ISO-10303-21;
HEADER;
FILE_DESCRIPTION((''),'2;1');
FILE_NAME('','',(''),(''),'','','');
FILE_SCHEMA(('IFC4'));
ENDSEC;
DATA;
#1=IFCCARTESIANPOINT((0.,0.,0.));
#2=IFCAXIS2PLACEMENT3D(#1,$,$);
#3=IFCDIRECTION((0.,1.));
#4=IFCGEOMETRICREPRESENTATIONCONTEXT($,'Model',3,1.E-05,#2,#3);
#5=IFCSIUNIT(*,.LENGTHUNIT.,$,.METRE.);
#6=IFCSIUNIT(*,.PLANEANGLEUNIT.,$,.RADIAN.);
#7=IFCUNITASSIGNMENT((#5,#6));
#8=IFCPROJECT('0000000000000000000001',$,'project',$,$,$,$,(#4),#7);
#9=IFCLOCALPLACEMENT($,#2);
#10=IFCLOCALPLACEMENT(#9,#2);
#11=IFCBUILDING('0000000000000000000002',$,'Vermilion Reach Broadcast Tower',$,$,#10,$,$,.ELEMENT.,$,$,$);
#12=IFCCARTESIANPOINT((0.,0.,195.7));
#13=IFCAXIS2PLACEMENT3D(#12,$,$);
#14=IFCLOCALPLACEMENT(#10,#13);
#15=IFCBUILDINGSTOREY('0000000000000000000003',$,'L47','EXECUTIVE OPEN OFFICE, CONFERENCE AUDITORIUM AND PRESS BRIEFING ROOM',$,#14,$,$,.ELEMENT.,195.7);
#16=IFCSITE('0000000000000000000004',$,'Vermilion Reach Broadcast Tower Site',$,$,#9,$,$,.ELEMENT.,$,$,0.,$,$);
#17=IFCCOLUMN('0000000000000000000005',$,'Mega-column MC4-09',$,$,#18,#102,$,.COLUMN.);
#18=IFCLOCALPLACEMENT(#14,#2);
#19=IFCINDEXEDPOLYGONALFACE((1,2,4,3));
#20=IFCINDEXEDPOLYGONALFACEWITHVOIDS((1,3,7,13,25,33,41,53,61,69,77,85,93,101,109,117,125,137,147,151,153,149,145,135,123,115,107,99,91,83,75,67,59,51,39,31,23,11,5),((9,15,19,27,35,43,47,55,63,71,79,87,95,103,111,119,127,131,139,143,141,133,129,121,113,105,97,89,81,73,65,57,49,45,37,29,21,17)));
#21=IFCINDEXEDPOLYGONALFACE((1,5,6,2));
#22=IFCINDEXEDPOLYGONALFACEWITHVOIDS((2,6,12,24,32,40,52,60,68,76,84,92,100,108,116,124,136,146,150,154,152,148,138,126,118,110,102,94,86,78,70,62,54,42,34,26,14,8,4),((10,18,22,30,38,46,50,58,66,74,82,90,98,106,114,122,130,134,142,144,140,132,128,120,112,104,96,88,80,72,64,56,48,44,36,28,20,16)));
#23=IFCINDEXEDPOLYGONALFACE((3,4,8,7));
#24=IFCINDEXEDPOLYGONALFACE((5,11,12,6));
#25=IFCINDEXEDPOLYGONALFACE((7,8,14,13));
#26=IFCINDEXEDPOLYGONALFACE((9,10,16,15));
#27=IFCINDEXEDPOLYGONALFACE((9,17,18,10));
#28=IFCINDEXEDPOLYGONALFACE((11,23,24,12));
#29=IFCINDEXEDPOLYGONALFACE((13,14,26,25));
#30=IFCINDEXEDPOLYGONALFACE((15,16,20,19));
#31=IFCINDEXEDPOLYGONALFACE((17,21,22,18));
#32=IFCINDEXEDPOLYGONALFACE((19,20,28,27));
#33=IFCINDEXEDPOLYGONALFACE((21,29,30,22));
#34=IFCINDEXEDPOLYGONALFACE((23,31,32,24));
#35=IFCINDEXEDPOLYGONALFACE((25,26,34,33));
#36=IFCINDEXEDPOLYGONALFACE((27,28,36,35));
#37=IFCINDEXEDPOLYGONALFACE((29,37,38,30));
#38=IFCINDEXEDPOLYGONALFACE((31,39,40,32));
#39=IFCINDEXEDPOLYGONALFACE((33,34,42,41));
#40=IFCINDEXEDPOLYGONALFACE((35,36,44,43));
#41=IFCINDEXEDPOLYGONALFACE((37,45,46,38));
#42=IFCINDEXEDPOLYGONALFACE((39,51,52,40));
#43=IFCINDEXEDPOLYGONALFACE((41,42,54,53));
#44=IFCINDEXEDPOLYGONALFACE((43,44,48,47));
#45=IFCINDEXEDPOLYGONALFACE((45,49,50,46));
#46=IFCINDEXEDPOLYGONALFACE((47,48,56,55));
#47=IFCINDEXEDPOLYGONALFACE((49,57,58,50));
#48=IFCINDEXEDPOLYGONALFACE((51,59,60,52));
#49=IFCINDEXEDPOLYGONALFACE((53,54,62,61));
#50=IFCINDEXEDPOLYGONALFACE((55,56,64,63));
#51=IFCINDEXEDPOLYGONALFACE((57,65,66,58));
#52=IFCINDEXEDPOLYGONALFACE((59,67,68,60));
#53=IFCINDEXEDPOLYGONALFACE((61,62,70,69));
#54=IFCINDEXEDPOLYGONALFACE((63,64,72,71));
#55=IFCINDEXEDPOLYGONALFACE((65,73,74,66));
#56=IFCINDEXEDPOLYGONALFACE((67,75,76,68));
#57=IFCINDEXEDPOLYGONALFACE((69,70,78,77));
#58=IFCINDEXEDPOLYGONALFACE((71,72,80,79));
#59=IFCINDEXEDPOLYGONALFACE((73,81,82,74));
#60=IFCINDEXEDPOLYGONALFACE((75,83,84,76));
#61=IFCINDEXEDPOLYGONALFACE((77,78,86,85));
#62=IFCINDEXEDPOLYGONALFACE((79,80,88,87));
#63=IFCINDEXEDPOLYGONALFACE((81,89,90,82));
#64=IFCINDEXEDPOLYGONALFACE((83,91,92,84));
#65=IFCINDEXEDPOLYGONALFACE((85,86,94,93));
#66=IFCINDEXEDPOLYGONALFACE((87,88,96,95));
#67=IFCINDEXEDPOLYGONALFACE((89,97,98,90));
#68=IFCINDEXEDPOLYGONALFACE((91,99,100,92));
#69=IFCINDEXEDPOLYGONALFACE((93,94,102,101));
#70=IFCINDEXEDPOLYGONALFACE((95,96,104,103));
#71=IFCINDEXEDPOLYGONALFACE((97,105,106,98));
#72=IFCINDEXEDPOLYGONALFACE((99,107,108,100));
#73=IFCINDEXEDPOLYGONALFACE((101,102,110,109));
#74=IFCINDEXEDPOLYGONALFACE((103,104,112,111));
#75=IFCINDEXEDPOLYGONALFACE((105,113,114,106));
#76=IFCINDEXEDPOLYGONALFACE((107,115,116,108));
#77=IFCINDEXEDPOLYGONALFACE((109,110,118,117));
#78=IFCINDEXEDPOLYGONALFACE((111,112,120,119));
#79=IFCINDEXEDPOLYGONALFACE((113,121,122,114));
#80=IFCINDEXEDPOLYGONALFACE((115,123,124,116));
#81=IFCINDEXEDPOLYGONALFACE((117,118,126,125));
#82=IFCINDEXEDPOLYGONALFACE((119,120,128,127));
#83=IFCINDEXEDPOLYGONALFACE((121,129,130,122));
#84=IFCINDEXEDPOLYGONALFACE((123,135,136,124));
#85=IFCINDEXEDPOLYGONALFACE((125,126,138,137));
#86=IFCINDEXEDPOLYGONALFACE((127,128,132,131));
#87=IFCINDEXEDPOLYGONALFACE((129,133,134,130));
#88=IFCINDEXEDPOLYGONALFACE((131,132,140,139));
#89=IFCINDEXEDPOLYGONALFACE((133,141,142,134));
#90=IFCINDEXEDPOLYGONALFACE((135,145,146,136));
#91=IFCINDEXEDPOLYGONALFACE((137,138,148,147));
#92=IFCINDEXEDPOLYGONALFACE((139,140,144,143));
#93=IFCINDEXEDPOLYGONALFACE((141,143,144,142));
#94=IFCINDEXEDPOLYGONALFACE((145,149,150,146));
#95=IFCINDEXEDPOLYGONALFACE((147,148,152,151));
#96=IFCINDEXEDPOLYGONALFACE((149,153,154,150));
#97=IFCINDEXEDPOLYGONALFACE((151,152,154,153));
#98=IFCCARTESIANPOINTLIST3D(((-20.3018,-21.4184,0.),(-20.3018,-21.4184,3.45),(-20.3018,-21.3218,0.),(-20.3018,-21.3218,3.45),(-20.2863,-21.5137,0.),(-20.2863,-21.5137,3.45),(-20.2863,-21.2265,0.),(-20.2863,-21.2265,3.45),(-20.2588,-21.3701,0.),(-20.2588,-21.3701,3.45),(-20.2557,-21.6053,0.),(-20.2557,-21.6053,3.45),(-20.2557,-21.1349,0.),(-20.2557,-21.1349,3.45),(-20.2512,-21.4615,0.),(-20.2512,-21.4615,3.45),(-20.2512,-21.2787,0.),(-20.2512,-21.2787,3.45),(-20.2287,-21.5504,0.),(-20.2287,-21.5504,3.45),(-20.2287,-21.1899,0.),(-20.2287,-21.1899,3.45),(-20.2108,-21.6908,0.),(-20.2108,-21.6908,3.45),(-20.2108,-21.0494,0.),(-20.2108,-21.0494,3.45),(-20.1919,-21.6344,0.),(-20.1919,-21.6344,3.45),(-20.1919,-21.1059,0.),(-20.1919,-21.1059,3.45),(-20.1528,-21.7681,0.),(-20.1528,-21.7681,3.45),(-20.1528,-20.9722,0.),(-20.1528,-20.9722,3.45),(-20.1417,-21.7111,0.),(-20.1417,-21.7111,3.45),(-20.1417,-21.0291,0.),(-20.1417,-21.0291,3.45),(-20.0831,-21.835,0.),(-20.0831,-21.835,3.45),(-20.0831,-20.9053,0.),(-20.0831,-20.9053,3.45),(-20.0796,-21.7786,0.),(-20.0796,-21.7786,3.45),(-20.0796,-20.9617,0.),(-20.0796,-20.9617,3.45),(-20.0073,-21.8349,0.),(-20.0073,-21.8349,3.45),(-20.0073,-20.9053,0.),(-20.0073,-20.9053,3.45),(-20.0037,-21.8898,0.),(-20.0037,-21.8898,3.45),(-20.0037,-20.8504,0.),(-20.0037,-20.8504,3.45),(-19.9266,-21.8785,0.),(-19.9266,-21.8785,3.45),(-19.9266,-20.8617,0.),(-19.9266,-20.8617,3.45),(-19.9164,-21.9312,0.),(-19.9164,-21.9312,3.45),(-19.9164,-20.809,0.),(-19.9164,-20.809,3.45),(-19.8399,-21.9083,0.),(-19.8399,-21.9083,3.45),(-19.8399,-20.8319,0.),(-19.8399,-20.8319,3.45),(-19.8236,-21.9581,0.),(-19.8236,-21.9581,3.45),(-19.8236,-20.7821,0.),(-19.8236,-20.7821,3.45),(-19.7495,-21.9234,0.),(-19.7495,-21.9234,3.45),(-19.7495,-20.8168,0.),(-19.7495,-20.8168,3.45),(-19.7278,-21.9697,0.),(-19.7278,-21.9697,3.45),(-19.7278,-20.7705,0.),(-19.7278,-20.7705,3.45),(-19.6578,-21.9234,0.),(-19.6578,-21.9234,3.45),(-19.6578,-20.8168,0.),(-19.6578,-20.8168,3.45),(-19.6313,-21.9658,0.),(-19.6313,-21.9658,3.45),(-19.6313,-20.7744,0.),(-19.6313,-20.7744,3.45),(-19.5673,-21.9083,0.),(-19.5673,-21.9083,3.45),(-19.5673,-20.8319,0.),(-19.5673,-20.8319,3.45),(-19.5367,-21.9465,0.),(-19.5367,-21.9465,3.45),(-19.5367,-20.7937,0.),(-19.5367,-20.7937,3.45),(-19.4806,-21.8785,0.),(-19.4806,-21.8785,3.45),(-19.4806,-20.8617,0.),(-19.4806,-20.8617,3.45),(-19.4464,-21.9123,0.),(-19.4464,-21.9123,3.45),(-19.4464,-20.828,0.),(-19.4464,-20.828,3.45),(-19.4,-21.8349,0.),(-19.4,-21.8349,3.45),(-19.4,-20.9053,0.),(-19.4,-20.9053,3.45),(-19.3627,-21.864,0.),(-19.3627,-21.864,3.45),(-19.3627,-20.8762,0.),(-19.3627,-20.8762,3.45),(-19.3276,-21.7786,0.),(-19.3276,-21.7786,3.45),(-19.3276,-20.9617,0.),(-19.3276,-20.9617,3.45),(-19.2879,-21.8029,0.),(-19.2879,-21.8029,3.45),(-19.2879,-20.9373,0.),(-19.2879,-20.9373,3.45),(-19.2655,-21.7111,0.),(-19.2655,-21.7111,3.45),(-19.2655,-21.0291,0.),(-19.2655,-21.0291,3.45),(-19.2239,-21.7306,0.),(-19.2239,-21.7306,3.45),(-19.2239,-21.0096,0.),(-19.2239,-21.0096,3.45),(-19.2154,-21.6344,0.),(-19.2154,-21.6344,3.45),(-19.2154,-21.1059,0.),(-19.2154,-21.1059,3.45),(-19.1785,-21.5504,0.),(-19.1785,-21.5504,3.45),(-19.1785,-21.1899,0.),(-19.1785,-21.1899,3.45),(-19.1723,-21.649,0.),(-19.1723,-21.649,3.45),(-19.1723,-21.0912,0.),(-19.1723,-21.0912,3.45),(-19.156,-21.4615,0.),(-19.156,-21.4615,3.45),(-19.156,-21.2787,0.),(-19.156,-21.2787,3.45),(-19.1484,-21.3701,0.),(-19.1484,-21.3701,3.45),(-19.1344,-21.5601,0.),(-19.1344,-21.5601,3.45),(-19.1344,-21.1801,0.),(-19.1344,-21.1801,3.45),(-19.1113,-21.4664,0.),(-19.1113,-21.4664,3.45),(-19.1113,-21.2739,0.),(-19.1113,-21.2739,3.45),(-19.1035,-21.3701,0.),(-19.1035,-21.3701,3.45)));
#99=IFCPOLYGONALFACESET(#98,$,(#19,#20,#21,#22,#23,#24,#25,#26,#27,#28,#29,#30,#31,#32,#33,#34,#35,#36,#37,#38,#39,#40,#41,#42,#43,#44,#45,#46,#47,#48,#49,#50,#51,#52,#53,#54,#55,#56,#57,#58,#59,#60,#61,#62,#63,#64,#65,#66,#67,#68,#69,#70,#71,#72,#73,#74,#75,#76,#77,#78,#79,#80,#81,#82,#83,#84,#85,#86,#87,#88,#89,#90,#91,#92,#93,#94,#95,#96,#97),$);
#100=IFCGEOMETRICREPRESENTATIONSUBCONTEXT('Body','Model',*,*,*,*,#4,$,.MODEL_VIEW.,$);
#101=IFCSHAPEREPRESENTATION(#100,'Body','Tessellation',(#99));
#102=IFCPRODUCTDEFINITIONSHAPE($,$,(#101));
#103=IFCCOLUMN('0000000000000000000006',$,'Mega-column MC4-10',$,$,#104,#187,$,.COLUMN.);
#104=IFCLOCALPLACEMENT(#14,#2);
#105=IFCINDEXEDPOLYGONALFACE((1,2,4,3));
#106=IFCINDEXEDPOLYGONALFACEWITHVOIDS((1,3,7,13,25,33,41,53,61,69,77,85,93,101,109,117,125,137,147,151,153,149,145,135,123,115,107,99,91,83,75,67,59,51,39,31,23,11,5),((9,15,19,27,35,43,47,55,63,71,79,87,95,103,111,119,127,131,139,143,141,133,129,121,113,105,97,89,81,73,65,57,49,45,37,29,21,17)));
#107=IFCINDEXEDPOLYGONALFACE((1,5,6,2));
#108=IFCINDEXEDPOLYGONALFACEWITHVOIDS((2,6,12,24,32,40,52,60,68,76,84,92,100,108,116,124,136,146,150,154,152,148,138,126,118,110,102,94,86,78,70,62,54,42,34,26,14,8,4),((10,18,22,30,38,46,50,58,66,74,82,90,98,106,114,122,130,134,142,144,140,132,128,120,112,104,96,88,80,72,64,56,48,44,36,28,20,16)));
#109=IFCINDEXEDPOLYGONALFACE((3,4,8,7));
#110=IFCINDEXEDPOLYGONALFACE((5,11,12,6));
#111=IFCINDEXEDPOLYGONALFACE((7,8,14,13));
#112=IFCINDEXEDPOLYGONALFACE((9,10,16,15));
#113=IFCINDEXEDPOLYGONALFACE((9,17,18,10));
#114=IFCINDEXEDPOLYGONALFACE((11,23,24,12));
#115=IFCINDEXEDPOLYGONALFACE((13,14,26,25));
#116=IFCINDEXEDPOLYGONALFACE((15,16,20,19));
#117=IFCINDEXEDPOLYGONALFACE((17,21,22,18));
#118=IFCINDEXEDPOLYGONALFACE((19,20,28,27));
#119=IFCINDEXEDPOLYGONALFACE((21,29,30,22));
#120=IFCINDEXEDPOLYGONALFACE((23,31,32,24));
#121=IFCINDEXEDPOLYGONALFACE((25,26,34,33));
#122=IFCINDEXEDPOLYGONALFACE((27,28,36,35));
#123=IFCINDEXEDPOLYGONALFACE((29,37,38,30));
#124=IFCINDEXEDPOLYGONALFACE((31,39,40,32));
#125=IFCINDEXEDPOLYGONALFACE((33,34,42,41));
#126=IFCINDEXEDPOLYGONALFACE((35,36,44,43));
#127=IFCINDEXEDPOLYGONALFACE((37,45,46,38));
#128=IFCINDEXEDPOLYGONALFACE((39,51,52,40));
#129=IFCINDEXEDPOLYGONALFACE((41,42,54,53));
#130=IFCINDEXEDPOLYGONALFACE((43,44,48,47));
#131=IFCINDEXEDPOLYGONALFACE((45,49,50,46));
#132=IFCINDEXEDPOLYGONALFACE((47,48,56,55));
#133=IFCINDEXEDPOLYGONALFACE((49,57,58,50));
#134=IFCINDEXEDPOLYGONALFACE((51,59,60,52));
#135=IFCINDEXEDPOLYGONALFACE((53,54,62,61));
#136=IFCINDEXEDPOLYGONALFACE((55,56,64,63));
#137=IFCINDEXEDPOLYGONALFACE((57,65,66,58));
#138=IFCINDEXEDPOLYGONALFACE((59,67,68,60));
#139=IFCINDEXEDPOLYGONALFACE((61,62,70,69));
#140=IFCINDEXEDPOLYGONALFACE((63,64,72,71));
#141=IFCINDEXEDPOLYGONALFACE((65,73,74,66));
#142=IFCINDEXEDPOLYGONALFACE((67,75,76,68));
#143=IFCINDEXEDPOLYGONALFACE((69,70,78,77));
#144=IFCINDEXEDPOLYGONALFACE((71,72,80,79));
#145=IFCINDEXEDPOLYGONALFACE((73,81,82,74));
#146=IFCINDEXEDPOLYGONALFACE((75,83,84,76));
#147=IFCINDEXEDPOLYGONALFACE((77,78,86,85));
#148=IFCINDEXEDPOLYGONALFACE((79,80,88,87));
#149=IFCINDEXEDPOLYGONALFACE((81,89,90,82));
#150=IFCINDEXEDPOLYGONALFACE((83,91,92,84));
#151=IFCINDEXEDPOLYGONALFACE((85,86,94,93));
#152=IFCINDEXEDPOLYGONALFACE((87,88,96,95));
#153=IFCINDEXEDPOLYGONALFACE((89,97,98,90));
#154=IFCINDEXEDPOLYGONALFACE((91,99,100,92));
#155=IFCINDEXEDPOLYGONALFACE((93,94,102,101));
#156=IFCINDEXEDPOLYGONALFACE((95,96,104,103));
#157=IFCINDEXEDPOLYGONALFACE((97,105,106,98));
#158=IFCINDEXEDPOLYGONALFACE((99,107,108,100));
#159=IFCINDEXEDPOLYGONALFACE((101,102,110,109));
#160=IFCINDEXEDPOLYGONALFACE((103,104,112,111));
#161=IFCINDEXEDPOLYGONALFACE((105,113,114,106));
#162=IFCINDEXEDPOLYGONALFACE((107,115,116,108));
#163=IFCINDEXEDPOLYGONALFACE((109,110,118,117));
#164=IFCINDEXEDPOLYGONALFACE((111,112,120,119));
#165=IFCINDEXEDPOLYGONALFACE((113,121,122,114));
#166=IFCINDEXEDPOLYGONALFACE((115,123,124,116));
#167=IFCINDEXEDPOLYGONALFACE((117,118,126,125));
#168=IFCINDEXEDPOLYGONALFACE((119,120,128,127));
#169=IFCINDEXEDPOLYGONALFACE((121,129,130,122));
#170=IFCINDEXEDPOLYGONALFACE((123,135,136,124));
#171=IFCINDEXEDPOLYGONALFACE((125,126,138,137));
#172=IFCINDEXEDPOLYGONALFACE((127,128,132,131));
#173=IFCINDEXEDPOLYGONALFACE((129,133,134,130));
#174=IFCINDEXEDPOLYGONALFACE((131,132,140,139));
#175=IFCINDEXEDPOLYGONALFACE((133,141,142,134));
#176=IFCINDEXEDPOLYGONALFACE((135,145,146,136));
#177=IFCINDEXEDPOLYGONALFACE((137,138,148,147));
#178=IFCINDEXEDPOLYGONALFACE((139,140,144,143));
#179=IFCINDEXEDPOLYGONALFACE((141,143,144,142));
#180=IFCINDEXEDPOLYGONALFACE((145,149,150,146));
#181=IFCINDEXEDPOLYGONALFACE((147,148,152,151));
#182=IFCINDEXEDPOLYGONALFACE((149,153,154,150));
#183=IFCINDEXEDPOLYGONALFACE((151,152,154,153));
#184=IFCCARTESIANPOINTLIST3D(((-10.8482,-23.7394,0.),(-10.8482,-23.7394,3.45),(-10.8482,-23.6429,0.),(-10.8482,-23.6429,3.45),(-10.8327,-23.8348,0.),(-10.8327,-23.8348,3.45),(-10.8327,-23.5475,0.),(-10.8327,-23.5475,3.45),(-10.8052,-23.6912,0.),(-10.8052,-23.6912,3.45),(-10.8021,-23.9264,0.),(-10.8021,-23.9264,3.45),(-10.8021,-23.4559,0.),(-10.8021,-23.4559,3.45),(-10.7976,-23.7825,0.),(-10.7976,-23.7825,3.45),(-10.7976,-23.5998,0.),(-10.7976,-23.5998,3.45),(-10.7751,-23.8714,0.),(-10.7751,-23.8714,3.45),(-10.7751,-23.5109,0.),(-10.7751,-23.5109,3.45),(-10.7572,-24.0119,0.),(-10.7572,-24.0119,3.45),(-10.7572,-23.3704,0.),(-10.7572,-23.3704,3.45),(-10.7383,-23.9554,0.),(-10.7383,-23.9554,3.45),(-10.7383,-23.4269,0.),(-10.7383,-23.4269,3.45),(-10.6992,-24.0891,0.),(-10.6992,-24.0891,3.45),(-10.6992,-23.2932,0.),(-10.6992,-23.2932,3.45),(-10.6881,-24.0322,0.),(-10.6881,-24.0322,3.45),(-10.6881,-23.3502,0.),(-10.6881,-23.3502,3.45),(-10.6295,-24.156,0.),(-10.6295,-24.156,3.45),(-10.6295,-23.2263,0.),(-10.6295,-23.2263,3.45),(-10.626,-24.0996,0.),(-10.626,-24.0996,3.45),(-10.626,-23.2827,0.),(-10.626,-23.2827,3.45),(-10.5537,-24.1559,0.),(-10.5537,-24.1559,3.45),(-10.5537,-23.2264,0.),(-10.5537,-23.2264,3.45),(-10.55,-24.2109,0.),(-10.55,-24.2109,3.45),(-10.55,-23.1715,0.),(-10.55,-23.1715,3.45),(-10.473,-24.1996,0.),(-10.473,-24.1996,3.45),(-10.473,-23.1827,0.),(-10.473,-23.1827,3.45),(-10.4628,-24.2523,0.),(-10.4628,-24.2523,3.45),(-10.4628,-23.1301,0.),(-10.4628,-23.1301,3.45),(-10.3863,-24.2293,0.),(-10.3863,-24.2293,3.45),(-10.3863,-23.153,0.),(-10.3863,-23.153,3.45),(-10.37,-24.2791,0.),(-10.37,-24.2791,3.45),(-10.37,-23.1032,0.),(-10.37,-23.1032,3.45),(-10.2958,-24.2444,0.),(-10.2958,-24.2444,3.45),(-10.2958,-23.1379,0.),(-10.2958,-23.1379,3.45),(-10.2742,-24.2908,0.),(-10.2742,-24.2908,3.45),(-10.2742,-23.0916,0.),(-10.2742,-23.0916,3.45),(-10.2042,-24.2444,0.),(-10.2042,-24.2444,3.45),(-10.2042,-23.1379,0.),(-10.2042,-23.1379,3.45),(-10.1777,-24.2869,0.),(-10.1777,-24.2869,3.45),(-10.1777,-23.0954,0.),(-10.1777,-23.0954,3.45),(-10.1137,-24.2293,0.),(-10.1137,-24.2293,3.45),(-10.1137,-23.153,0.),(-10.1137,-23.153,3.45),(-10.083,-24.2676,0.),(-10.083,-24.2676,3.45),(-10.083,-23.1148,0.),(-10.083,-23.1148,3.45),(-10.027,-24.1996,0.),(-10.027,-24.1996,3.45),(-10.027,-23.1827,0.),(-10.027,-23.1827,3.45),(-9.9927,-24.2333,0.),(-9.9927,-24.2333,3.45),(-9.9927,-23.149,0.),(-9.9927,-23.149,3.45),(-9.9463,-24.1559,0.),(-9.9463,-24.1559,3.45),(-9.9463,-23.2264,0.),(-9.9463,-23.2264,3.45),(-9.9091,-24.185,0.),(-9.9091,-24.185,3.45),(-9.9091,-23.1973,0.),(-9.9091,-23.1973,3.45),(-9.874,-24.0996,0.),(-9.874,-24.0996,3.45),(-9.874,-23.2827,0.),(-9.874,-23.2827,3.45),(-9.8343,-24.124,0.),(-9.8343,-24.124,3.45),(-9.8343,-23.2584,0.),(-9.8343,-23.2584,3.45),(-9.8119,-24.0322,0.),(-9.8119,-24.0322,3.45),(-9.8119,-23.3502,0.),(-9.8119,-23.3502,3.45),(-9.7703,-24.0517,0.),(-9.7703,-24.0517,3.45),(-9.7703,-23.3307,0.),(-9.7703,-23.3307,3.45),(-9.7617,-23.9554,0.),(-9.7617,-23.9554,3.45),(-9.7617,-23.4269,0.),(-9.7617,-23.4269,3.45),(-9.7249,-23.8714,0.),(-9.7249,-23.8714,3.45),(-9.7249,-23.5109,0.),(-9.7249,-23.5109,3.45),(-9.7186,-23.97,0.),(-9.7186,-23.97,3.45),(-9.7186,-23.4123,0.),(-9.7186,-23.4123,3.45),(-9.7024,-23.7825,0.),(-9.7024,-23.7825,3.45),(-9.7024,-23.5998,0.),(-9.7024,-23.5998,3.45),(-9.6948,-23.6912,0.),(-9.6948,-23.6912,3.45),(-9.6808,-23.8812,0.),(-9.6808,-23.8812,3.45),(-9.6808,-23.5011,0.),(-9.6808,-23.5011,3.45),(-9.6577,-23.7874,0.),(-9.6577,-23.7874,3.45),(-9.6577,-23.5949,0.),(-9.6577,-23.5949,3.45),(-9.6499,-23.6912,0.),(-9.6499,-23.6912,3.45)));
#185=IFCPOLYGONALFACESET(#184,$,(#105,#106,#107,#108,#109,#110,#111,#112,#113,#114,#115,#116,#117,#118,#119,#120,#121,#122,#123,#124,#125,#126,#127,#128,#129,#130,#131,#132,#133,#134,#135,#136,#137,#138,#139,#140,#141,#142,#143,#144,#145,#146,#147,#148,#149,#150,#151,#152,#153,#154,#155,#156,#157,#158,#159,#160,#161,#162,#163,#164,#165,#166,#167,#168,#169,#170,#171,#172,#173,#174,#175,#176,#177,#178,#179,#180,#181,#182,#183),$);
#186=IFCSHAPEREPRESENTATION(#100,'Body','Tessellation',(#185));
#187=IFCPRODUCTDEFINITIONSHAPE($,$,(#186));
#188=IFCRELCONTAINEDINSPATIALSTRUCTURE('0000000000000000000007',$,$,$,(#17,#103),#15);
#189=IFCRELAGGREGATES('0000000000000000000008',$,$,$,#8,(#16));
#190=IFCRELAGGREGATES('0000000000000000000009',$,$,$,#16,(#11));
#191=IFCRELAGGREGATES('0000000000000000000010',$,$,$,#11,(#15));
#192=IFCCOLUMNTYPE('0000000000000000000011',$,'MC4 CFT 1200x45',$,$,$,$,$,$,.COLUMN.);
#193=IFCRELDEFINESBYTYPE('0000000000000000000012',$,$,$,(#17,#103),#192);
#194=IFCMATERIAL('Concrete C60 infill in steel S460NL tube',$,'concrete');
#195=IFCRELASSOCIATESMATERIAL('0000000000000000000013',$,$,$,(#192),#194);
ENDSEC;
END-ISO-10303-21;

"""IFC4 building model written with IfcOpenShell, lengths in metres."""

from ifc_helpers import new_model, si_unit, direction, frame, origin, origin_2d, place, context, subcontext, project, spatial, hollow_circle, extrude, material, material_profile, profile_set, type_object, element, save


model = new_model("IFC4")

# Units and contexts
model_context = context("Model", 3, precision=1e-05, world=origin(), true_north=direction((0.0, 1.0)))
body_context = subcontext(model_context, "Body", "Model", "MODEL_VIEW")
ifc_project = project(units=[si_unit("LENGTHUNIT", "METRE"), si_unit("PLANEANGLEUNIT", "RADIAN")], contexts=[model_context])

# Site, building, storey
site_placement = place(None, origin())
site = spatial("IfcSite", under=ifc_project, at=site_placement, Name="Vermilion Reach Broadcast Tower Site", CompositionType="ELEMENT", RefElevation=0.0)
building_placement = place(site_placement, origin())
building = spatial("IfcBuilding", under=site, at=building_placement, Name="Vermilion Reach Broadcast Tower", CompositionType="ELEMENT")
storey_placement = place(building_placement, frame((0.0, 0.0, 195.7)))
storey = spatial("IfcBuildingStorey", under=building, at=storey_placement, Name="L47", Description="EXECUTIVE OPEN OFFICE, CONFERENCE AUDITORIUM AND PRESS BRIEFING ROOM", CompositionType="ELEMENT", Elevation=195.7)

# Columns
ifc_material_1 = material(Name="Concrete C60 infill in steel S460NL tube", Category="concrete")
ifc_material_profile_1 = material_profile(ifc_material_1, hollow_circle(Radius=0.6001, WallThickness=0.0449, at=origin_2d()), Name="Concrete C60 infill in steel S460NL tube CFT 1200x45")
ifc_profile_set_1 = profile_set([ifc_material_profile_1], Name="Concrete C60 infill in steel S460NL tube")
column_type = type_object("IfcColumnType", Name="MC4 CFT 1200x45", PredefinedType="COLUMN", material=ifc_profile_set_1)
for number, where, z_axis, x_axis, name in (
    (1, (-19.7036, -21.3701, 0.0), (0.0, 0.0, 1.0), (1.0, 0.0, 0.0), "Mega-column MC4-09"),
    (2, (-10.25, -23.6912, 0.0), (0.0, 0.0, 1.0), (1.0, 0.0, 0.0), "Mega-column MC4-10"),
):
    element("IfcColumn", number, at=place(storey_placement, frame(where, z_axis=z_axis, x_axis=x_axis)), inside=storey, type_object=column_type, Name=name, PredefinedType="COLUMN", context=body_context, shape_type="SweptSolid", body=[
        extrude(hollow_circle(Radius=0.6001, WallThickness=0.0449, at=origin_2d()), origin(), (0.0, 0.0, 1.0), 3.45),
    ])

save(model, "model.ifc")
